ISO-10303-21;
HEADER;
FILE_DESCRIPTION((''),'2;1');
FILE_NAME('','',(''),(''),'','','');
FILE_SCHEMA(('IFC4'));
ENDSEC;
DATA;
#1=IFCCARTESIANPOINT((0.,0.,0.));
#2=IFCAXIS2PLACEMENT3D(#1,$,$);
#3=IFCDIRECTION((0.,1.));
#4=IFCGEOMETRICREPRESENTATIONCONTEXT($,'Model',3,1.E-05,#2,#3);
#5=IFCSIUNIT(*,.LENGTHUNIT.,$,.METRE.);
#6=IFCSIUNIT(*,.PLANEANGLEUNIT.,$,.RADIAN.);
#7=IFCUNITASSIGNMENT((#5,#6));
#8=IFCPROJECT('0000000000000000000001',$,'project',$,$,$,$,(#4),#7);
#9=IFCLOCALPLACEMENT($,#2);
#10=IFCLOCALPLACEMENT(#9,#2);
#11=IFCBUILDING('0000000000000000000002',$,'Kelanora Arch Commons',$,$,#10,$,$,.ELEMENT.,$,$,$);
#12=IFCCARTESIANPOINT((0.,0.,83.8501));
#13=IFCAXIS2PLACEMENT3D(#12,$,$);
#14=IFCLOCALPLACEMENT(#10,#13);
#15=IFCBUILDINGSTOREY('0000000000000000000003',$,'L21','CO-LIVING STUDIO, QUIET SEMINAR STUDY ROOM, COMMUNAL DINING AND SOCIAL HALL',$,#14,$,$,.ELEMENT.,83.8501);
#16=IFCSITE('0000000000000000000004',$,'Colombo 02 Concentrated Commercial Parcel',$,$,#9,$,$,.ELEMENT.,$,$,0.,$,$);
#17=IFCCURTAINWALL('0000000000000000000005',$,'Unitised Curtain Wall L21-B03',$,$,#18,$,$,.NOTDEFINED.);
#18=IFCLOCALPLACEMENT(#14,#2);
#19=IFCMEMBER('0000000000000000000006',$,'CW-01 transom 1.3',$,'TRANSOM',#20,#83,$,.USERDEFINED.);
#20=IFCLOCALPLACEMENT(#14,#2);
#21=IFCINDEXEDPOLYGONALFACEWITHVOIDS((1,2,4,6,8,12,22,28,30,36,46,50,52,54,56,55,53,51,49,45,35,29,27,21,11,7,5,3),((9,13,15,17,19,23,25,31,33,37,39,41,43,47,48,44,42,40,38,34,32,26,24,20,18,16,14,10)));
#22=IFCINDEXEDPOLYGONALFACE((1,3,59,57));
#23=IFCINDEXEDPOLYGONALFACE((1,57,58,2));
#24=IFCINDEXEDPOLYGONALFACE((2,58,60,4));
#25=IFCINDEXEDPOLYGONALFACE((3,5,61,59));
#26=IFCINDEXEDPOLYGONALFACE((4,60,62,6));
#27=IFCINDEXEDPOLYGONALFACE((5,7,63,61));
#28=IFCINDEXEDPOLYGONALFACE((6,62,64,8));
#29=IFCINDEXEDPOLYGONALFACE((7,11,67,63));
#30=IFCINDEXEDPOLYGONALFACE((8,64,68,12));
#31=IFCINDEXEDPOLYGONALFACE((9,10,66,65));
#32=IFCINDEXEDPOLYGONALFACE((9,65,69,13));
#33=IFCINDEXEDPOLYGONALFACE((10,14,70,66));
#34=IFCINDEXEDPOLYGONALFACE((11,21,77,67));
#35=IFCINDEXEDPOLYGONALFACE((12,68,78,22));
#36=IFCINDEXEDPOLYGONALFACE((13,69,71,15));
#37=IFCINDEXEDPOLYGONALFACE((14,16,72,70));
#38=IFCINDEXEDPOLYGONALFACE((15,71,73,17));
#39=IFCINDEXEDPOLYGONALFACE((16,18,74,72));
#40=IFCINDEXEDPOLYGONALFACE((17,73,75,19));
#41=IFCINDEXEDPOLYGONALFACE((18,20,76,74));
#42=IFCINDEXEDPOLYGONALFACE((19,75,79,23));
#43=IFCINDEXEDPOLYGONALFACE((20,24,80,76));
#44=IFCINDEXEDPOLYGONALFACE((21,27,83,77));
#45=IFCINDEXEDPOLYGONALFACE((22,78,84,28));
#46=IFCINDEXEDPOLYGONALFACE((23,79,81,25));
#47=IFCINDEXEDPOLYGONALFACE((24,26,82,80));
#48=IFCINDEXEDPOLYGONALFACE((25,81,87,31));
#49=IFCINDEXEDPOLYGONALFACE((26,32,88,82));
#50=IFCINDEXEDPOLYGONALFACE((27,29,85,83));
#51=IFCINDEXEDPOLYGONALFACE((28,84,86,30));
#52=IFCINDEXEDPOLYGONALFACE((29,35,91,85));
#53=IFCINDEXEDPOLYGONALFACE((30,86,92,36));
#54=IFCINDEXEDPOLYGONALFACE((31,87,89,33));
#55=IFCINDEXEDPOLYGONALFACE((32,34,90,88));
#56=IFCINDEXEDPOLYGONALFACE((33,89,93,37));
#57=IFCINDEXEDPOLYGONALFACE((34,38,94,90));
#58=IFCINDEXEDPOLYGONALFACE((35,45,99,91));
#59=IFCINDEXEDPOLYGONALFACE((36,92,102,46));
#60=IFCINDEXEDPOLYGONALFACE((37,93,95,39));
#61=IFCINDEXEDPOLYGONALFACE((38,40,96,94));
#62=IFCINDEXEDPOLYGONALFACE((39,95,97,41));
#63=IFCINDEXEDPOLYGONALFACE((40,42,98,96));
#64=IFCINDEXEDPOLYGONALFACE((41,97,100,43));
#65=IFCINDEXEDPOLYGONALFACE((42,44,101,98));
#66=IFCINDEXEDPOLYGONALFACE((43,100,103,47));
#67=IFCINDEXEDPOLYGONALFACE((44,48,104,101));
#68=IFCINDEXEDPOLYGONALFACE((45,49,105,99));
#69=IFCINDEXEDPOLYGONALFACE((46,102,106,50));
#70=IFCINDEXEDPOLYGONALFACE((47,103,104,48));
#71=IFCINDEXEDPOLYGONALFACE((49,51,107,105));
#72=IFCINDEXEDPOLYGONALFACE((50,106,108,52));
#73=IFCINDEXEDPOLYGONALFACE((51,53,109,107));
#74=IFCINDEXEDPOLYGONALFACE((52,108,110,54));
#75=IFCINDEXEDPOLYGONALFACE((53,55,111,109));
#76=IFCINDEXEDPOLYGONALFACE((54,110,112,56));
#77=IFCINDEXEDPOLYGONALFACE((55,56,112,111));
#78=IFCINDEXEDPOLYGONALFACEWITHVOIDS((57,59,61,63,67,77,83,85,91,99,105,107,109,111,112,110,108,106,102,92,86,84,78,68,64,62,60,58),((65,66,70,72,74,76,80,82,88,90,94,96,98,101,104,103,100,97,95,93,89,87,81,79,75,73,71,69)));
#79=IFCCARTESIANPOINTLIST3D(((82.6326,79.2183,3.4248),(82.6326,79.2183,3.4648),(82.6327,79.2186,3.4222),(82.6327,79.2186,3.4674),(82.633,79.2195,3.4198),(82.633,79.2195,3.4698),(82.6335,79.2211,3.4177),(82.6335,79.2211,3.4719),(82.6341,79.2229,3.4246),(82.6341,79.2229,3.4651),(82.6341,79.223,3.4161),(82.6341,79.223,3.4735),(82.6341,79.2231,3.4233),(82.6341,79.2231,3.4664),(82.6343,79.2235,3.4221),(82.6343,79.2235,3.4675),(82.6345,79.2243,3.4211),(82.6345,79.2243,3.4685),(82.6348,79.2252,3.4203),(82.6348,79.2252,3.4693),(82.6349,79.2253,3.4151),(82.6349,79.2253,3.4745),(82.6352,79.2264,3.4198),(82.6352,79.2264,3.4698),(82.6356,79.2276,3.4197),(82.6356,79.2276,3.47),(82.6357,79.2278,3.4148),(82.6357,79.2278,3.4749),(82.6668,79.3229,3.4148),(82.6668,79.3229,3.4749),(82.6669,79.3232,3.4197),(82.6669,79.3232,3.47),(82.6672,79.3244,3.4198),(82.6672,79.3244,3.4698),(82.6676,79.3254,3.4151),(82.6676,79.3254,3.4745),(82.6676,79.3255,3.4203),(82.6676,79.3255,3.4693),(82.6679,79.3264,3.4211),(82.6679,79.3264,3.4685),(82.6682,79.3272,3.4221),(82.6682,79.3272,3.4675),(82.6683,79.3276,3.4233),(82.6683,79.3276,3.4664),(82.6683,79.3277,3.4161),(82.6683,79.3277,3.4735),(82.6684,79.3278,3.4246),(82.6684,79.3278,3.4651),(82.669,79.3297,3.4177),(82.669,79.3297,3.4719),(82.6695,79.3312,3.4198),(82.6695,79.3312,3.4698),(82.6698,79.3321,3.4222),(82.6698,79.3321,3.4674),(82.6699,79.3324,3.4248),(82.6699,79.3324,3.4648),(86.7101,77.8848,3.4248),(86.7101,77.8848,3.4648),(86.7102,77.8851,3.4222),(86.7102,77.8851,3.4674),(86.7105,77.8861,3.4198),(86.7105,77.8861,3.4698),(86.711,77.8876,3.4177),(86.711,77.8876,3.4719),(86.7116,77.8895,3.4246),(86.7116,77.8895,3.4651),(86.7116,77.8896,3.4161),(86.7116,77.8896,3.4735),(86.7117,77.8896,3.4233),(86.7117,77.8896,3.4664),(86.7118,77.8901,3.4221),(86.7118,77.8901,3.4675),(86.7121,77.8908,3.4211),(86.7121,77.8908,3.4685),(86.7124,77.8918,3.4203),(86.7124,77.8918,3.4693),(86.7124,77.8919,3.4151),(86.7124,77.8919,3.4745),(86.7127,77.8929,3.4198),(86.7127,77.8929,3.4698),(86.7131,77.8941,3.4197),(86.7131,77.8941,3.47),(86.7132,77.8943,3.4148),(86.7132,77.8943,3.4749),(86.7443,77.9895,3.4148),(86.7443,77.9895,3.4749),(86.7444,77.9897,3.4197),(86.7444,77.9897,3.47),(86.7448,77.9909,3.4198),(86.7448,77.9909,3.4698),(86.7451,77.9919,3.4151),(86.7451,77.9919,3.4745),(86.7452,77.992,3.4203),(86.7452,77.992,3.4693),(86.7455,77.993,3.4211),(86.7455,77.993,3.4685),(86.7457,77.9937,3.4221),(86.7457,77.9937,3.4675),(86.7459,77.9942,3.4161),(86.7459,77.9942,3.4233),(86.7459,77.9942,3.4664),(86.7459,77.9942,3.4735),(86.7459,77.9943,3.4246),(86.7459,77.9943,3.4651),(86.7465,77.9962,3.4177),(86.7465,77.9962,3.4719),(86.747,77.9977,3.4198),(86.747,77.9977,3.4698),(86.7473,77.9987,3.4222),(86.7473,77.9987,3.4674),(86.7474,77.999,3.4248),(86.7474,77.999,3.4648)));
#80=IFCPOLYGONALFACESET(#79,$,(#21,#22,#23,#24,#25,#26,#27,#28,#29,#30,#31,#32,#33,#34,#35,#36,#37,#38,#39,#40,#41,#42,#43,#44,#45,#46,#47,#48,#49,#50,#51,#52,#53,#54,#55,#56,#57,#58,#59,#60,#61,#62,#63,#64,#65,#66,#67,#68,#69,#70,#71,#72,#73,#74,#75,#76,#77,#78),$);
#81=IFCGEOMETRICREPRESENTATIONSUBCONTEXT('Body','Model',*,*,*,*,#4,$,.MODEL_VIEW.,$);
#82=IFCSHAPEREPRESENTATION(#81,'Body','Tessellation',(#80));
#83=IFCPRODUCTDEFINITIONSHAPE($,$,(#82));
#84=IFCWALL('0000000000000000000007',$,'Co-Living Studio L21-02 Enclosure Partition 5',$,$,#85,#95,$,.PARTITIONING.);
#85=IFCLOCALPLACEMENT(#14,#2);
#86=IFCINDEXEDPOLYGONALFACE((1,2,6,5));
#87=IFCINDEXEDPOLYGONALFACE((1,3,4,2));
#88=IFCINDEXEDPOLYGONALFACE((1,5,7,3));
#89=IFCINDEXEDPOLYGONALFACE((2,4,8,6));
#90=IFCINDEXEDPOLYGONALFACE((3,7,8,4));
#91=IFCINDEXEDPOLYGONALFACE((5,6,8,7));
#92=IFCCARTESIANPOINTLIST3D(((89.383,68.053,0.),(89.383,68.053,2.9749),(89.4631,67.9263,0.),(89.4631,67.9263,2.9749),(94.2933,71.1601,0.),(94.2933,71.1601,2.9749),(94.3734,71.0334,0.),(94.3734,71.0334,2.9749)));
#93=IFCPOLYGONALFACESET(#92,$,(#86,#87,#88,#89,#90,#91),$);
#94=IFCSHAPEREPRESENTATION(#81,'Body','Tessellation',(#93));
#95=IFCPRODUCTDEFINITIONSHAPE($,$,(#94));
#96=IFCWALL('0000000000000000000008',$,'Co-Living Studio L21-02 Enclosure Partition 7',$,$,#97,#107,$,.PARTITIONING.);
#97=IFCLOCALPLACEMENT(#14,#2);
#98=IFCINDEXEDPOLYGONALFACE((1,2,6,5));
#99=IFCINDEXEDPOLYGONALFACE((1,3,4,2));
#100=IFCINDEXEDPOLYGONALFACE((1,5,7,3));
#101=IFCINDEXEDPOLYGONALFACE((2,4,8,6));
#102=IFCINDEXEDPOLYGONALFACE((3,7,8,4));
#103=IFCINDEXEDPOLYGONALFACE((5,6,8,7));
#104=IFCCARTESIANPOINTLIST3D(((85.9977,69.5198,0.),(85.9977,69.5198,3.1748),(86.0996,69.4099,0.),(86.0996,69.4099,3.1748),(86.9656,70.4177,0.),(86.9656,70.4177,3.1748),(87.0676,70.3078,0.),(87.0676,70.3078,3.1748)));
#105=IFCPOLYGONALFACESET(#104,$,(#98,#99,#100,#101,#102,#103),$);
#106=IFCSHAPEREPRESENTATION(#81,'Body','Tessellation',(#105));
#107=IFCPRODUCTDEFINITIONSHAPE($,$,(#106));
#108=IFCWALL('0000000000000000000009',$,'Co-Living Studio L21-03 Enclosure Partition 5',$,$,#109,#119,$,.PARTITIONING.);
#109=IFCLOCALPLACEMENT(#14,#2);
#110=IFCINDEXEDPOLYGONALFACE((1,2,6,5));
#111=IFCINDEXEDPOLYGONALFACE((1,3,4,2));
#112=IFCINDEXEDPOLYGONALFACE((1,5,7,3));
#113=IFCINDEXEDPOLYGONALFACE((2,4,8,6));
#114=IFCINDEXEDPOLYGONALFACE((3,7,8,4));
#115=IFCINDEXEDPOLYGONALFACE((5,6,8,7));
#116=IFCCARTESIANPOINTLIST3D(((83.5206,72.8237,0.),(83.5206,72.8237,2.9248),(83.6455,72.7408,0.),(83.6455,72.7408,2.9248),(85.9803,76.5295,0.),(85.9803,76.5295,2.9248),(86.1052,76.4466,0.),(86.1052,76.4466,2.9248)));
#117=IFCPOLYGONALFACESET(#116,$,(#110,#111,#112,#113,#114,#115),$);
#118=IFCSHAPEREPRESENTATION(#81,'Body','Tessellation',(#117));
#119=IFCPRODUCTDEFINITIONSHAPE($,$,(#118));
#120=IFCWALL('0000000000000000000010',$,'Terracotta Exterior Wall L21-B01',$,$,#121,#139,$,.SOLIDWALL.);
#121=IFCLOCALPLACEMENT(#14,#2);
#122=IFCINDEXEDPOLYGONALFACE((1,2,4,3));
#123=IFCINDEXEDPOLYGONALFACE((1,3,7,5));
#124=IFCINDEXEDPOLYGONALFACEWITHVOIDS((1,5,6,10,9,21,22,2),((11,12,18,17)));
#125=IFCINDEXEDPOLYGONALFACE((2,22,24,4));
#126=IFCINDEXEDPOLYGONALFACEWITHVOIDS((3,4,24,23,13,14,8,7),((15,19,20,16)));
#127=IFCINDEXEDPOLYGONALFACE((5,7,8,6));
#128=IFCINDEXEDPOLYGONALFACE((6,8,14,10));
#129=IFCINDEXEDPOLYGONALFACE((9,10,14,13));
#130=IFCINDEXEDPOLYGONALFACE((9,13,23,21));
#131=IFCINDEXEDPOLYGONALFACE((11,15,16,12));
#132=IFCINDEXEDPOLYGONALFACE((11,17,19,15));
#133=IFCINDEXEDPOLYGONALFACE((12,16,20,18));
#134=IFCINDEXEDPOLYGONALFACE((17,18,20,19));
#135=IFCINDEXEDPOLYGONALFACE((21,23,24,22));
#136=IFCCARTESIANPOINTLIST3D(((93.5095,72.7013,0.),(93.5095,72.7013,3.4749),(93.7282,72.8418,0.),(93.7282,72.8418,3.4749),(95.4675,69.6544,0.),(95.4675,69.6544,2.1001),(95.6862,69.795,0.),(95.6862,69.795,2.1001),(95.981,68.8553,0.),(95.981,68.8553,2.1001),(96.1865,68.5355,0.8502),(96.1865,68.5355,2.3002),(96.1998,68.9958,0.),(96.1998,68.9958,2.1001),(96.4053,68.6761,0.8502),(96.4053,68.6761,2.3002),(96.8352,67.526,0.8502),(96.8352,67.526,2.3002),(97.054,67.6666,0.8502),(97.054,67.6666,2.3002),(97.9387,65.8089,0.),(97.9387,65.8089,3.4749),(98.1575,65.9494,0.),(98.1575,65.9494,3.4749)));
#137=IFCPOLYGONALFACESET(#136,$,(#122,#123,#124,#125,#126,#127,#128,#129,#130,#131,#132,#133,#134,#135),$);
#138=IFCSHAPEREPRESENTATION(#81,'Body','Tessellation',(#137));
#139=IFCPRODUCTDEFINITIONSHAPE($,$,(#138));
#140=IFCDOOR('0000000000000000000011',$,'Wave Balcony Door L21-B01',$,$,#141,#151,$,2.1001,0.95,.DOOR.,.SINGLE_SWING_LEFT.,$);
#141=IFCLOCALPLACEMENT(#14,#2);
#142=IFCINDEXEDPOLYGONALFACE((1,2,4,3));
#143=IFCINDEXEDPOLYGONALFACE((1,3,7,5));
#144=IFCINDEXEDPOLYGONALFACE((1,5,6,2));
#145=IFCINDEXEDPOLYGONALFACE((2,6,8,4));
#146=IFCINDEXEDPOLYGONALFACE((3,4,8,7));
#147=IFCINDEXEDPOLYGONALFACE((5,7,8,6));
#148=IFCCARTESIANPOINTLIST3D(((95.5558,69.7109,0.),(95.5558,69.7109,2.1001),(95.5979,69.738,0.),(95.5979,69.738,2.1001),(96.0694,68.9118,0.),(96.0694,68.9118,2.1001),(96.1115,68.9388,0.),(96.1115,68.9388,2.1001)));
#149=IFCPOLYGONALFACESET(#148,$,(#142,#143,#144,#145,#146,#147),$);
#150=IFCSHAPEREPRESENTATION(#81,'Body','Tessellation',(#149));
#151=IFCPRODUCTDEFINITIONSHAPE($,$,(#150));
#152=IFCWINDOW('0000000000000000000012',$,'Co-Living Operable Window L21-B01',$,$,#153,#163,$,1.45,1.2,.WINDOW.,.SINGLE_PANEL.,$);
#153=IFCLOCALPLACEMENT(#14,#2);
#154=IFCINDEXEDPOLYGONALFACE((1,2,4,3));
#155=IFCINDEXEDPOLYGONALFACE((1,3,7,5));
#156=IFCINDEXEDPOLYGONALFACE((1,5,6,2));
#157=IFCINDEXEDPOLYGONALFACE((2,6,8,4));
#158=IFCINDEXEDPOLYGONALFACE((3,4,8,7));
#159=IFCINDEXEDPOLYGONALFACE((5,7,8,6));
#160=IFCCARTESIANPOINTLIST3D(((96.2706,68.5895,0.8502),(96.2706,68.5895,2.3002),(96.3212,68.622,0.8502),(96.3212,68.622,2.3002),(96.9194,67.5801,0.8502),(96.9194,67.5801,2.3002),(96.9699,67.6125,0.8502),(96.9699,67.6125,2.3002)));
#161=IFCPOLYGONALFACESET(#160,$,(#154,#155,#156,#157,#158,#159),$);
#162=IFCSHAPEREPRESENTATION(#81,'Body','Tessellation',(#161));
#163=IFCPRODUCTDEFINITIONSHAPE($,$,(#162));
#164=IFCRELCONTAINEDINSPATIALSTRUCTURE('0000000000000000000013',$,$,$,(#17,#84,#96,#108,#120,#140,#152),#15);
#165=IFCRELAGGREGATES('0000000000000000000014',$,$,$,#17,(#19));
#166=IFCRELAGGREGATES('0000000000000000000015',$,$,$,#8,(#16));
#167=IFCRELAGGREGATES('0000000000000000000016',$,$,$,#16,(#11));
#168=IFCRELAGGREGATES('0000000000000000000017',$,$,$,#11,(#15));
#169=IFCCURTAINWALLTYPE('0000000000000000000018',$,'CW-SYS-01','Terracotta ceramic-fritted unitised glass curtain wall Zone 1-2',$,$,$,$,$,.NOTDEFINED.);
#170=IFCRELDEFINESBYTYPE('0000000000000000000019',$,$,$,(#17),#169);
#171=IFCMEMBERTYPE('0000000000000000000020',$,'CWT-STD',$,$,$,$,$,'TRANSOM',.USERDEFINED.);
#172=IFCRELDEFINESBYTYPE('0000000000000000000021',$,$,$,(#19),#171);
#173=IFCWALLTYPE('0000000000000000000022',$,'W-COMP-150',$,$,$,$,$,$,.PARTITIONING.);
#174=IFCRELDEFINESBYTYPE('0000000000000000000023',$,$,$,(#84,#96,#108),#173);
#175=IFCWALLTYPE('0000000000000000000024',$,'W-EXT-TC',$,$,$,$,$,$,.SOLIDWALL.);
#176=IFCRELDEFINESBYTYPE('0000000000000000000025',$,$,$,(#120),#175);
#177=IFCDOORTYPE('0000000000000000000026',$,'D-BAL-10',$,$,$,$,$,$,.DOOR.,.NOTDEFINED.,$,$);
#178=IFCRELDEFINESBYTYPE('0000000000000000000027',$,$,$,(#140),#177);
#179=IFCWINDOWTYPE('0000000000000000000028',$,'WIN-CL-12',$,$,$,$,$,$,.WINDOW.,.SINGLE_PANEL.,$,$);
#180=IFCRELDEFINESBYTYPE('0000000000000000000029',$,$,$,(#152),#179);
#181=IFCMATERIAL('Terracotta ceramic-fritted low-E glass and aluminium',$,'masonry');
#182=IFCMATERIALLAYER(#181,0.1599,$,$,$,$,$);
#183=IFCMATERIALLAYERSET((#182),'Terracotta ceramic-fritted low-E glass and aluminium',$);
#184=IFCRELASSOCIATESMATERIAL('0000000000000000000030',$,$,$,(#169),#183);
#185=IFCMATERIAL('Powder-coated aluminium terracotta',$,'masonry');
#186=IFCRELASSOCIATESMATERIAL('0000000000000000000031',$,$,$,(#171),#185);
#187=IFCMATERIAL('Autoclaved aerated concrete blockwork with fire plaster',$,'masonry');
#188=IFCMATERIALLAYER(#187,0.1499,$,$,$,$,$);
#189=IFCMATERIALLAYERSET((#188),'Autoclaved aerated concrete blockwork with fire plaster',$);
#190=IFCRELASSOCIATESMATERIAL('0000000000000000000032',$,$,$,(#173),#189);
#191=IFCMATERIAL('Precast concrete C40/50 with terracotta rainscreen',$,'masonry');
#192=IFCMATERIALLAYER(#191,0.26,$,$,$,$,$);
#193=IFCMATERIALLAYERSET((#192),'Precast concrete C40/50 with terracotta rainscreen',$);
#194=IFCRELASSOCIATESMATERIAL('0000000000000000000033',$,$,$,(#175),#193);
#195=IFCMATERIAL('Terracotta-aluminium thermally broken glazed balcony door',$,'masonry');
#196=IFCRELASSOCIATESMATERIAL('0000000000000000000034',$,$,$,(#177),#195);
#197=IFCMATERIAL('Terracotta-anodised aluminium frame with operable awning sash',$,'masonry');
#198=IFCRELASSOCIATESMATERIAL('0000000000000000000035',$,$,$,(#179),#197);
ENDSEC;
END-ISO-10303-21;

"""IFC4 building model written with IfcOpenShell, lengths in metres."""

from ifc_helpers import new_model, si_unit, direction, frame, frame_2d, origin, origin_2d, place, context, subcontext, project, spatial, rectangle, hollow_rectangle, extrude, material, layer, layer_set, material_profile, profile_set, type_object, element, fill, aggregate, save


model = new_model("IFC4")

# Units and contexts
model_context = context("Model", 3, precision=1e-05, world=origin(), true_north=direction((0.0, 1.0)))
body_context = subcontext(model_context, "Body", "Model", "MODEL_VIEW")
ifc_project = project(units=[si_unit("LENGTHUNIT", "METRE"), si_unit("PLANEANGLEUNIT", "RADIAN")], contexts=[model_context])

# Site, building, storey
site_placement = place(None, origin())
site = spatial("IfcSite", under=ifc_project, at=site_placement, Name="Colombo 02 Concentrated Commercial Parcel", CompositionType="ELEMENT", RefElevation=0.0)
building_placement = place(site_placement, origin())
building = spatial("IfcBuilding", under=site, at=building_placement, Name="Kelanora Arch Commons", CompositionType="ELEMENT")
storey_placement = place(building_placement, frame((0.0, 0.0, 83.8501)))
storey = spatial("IfcBuildingStorey", under=building, at=storey_placement, Name="L21", Description="CO-LIVING STUDIO, QUIET SEMINAR STUDY ROOM, COMMUNAL DINING AND SOCIAL HALL", CompositionType="ELEMENT", Elevation=83.8501)

# Shared definitions
ifc_material_1 = material(Name="Terracotta ceramic-fritted low-E glass and aluminium", Category="masonry")
ifc_layer_1 = layer(ifc_material_1, 0.1599)
ifc_layer_set_1 = layer_set([ifc_layer_1], Name="Terracotta ceramic-fritted low-E glass and aluminium")
curtain_wall_type = type_object("IfcCurtainWallType", Name="CW-SYS-01", Description="Terracotta ceramic-fritted unitised glass curtain wall Zone 1-2", PredefinedType="NOTDEFINED", material=ifc_layer_set_1)
ifc_material_2 = material(Name="Powder-coated aluminium terracotta", Category="masonry")

# Curtain wall, member
curtain_wall_1_placement = place(storey_placement, origin())
curtain_wall_1 = element("IfcCurtainWall", 1, at=curtain_wall_1_placement, inside=storey, type_object=curtain_wall_type, Name="Unitised Curtain Wall L21-B03", PredefinedType="NOTDEFINED")
ifc_material_profile_1 = material_profile(ifc_material_2, hollow_rectangle(XDim=0.1201, YDim=0.0601, WallThickness=0.0049, InnerFilletRadius=0.0049, OuterFilletRadius=0.01, at=origin_2d()), Name="CWT120x60")
ifc_profile_set_1 = profile_set([ifc_material_profile_1], Name="Powder-coated aluminium terracotta")
member_type_1 = type_object("IfcMemberType", Name="CWT-STD", ElementType="TRANSOM", PredefinedType="USERDEFINED", material=ifc_profile_set_1)
member_1_placement = place(storey_placement, frame((86.7288, 77.9419, 3.4448), z_axis=(-0.950466, 0.310828, 0.0), x_axis=(-0.310828, -0.950466, 0.0)))
member_1 = element("IfcMember", 2, at=member_1_placement, type_object=member_type_1, Name="CW-01 transom 1.3", ObjectType="TRANSOM", PredefinedType="USERDEFINED", context=body_context, shape_type="SweptSolid", body=[
    extrude(hollow_rectangle(XDim=0.1201, YDim=0.0601, WallThickness=0.0049, InnerFilletRadius=0.0049, OuterFilletRadius=0.01, at=origin_2d()), origin(), (0.0, 0.0, 1.0), 4.29),
])
aggregate(curtain_wall_1, [member_1])

# Walls
ifc_material_3 = material(Name="Autoclaved aerated concrete blockwork with fire plaster", Category="masonry")
ifc_layer_2 = layer(ifc_material_3, 0.1499)
ifc_layer_set_2 = layer_set([ifc_layer_2], Name="Autoclaved aerated concrete blockwork with fire plaster")
wall_type_1 = type_object("IfcWallType", Name="W-COMP-150", PredefinedType="PARTITIONING", material=ifc_layer_set_2)
wall_1_placement = place(storey_placement, frame((94.3333, 71.0967, 0.0), z_axis=(0.0, 0.0, 1.0), x_axis=(-0.845032, -0.534715, 0.0)))
element("IfcWall", 3, at=wall_1_placement, inside=storey, type_object=wall_type_1, Name="Co-Living Studio L21-02 Enclosure Partition 5", PredefinedType="PARTITIONING", context=body_context, shape_type="SweptSolid", body=[
    extrude(rectangle(XDim=5.8108, YDim=0.1499, at=frame_2d((2.9053, 0.0))), origin(), (0.0, 0.0, 1.0), 2.9749),
])
wall_2_placement = place(storey_placement, frame((87.0166, 70.3628, 0.0), z_axis=(0.0, 0.0, 1.0), x_axis=(-0.733142, -0.680075, 0.0)))
element("IfcWall", 4, at=wall_2_placement, inside=storey, type_object=wall_type_1, Name="Co-Living Studio L21-02 Enclosure Partition 7", PredefinedType="PARTITIONING", context=body_context, shape_type="SweptSolid", body=[
    extrude(rectangle(XDim=1.3203, YDim=0.1499, at=frame_2d((0.6602, 0.0))), origin(), (0.0, 0.0, 1.0), 3.1748),
])
wall_3_placement = place(storey_placement, frame((86.0427, 76.488, 0.0), z_axis=(0.0, 0.0, 1.0), x_axis=(-0.553014, -0.833172, 0.0)))
element("IfcWall", 5, at=wall_3_placement, inside=storey, type_object=wall_type_1, Name="Co-Living Studio L21-03 Enclosure Partition 5", PredefinedType="PARTITIONING", context=body_context, shape_type="SweptSolid", body=[
    extrude(rectangle(XDim=4.4478, YDim=0.1499, at=frame_2d((2.2239, 0.0))), origin(), (0.0, 0.0, 1.0), 2.9248),
])

# Wall, openings, door, window
ifc_material_4 = material(Name="Precast concrete C40/50 with terracotta rainscreen", Category="masonry")
ifc_layer_3 = layer(ifc_material_4, 0.26)
ifc_layer_set_3 = layer_set([ifc_layer_3], Name="Precast concrete C40/50 with terracotta rainscreen")
wall_type_2 = type_object("IfcWallType", Name="W-EXT-TC", PredefinedType="SOLIDWALL", material=ifc_layer_set_3)
wall_4_placement = place(storey_placement, frame((98.0481, 65.8792, 0.0), z_axis=(0.0, 0.0, 1.0), x_axis=(-0.540621, 0.841267, 0.0)))
wall_4 = element("IfcWall", 6, at=wall_4_placement, inside=storey, type_object=wall_type_2, Name="Terracotta Exterior Wall L21-B01", PredefinedType="SOLIDWALL", context=body_context, shape_type="SweptSolid", body=[
    extrude(rectangle(XDim=8.1929, YDim=0.26, at=frame_2d((4.0964, 0.0))), origin(), (0.0, 0.0, 1.0), 3.4749),
])
opening_1_placement = place(wall_4_placement, frame((3.6211, 0.0, 0.0)))
opening_1 = element("IfcOpeningElement", 7, at=opening_1_placement, cuts=wall_4, PredefinedType="OPENING", context=body_context, shape_type="SweptSolid", body=[
    extrude(rectangle(XDim=0.95, YDim=2.1001, at=frame_2d((0.4751, 1.05))), frame((0.0, 0.1401, 0.0), z_axis=(0.0, -1.0, 0.0), x_axis=(1.0, 0.0, 0.0)), (0.0, 0.0, 1.0), 0.28),
])
opening_2_placement = place(wall_4_placement, frame((2.041, 0.0, 0.8501)))
opening_2 = element("IfcOpeningElement", 8, at=opening_2_placement, cuts=wall_4, PredefinedType="OPENING", context=body_context, shape_type="SweptSolid", body=[
    extrude(rectangle(XDim=1.2, YDim=1.45, at=frame_2d((0.6001, 0.7251))), frame((0.0, 0.1401, 0.0), z_axis=(0.0, -1.0, 0.0), x_axis=(1.0, 0.0, 0.0)), (0.0, 0.0, 1.0), 0.28),
])
ifc_material_5 = material(Name="Terracotta-aluminium thermally broken glazed balcony door", Category="masonry")
door_type = type_object("IfcDoorType", Name="D-BAL-10", OperationType="NOTDEFINED", PredefinedType="DOOR", material=ifc_material_5)
door_1_placement = place(opening_1_placement, frame((0.95, 0.0, 0.0), z_axis=(0.0, 0.0, 1.0), x_axis=(-1.0, 0.0, 0.0)))
door_1 = element("IfcDoor", 9, at=door_1_placement, inside=storey, type_object=door_type, Name="Wave Balcony Door L21-B01", OperationType="SINGLE_SWING_LEFT", OverallHeight=2.1001, OverallWidth=0.95, PredefinedType="DOOR", context=body_context, shape_type="SweptSolid", body=[
    extrude(rectangle(XDim=0.95, YDim=2.1001, at=frame_2d((0.4751, 1.05))), frame((0.0, 0.0249, 0.0), z_axis=(0.0, -1.0, 0.0), x_axis=(1.0, 0.0, 0.0)), (0.0, 0.0, 1.0), 0.05),
])
fill(opening_1, door_1)
ifc_material_6 = material(Name="Terracotta-anodised aluminium frame with operable awning sash", Category="masonry")
window_type = type_object("IfcWindowType", Name="WIN-CL-12", PartitioningType="SINGLE_PANEL", PredefinedType="WINDOW", material=ifc_material_6)
window_1_placement = place(opening_2_placement, origin())
window_1 = element("IfcWindow", 10, at=window_1_placement, inside=storey, type_object=window_type, Name="Co-Living Operable Window L21-B01", OverallHeight=1.45, OverallWidth=1.2, PartitioningType="SINGLE_PANEL", PredefinedType="WINDOW", context=body_context, shape_type="SweptSolid", body=[
    extrude(rectangle(XDim=1.2, YDim=1.45, at=frame_2d((0.6001, 0.7251))), frame((0.0, 0.03, 0.0), z_axis=(0.0, -1.0, 0.0), x_axis=(1.0, 0.0, 0.0)), (0.0, 0.0, 1.0), 0.0601),
])
fill(opening_2, window_1)

save(model, "model.ifc")
